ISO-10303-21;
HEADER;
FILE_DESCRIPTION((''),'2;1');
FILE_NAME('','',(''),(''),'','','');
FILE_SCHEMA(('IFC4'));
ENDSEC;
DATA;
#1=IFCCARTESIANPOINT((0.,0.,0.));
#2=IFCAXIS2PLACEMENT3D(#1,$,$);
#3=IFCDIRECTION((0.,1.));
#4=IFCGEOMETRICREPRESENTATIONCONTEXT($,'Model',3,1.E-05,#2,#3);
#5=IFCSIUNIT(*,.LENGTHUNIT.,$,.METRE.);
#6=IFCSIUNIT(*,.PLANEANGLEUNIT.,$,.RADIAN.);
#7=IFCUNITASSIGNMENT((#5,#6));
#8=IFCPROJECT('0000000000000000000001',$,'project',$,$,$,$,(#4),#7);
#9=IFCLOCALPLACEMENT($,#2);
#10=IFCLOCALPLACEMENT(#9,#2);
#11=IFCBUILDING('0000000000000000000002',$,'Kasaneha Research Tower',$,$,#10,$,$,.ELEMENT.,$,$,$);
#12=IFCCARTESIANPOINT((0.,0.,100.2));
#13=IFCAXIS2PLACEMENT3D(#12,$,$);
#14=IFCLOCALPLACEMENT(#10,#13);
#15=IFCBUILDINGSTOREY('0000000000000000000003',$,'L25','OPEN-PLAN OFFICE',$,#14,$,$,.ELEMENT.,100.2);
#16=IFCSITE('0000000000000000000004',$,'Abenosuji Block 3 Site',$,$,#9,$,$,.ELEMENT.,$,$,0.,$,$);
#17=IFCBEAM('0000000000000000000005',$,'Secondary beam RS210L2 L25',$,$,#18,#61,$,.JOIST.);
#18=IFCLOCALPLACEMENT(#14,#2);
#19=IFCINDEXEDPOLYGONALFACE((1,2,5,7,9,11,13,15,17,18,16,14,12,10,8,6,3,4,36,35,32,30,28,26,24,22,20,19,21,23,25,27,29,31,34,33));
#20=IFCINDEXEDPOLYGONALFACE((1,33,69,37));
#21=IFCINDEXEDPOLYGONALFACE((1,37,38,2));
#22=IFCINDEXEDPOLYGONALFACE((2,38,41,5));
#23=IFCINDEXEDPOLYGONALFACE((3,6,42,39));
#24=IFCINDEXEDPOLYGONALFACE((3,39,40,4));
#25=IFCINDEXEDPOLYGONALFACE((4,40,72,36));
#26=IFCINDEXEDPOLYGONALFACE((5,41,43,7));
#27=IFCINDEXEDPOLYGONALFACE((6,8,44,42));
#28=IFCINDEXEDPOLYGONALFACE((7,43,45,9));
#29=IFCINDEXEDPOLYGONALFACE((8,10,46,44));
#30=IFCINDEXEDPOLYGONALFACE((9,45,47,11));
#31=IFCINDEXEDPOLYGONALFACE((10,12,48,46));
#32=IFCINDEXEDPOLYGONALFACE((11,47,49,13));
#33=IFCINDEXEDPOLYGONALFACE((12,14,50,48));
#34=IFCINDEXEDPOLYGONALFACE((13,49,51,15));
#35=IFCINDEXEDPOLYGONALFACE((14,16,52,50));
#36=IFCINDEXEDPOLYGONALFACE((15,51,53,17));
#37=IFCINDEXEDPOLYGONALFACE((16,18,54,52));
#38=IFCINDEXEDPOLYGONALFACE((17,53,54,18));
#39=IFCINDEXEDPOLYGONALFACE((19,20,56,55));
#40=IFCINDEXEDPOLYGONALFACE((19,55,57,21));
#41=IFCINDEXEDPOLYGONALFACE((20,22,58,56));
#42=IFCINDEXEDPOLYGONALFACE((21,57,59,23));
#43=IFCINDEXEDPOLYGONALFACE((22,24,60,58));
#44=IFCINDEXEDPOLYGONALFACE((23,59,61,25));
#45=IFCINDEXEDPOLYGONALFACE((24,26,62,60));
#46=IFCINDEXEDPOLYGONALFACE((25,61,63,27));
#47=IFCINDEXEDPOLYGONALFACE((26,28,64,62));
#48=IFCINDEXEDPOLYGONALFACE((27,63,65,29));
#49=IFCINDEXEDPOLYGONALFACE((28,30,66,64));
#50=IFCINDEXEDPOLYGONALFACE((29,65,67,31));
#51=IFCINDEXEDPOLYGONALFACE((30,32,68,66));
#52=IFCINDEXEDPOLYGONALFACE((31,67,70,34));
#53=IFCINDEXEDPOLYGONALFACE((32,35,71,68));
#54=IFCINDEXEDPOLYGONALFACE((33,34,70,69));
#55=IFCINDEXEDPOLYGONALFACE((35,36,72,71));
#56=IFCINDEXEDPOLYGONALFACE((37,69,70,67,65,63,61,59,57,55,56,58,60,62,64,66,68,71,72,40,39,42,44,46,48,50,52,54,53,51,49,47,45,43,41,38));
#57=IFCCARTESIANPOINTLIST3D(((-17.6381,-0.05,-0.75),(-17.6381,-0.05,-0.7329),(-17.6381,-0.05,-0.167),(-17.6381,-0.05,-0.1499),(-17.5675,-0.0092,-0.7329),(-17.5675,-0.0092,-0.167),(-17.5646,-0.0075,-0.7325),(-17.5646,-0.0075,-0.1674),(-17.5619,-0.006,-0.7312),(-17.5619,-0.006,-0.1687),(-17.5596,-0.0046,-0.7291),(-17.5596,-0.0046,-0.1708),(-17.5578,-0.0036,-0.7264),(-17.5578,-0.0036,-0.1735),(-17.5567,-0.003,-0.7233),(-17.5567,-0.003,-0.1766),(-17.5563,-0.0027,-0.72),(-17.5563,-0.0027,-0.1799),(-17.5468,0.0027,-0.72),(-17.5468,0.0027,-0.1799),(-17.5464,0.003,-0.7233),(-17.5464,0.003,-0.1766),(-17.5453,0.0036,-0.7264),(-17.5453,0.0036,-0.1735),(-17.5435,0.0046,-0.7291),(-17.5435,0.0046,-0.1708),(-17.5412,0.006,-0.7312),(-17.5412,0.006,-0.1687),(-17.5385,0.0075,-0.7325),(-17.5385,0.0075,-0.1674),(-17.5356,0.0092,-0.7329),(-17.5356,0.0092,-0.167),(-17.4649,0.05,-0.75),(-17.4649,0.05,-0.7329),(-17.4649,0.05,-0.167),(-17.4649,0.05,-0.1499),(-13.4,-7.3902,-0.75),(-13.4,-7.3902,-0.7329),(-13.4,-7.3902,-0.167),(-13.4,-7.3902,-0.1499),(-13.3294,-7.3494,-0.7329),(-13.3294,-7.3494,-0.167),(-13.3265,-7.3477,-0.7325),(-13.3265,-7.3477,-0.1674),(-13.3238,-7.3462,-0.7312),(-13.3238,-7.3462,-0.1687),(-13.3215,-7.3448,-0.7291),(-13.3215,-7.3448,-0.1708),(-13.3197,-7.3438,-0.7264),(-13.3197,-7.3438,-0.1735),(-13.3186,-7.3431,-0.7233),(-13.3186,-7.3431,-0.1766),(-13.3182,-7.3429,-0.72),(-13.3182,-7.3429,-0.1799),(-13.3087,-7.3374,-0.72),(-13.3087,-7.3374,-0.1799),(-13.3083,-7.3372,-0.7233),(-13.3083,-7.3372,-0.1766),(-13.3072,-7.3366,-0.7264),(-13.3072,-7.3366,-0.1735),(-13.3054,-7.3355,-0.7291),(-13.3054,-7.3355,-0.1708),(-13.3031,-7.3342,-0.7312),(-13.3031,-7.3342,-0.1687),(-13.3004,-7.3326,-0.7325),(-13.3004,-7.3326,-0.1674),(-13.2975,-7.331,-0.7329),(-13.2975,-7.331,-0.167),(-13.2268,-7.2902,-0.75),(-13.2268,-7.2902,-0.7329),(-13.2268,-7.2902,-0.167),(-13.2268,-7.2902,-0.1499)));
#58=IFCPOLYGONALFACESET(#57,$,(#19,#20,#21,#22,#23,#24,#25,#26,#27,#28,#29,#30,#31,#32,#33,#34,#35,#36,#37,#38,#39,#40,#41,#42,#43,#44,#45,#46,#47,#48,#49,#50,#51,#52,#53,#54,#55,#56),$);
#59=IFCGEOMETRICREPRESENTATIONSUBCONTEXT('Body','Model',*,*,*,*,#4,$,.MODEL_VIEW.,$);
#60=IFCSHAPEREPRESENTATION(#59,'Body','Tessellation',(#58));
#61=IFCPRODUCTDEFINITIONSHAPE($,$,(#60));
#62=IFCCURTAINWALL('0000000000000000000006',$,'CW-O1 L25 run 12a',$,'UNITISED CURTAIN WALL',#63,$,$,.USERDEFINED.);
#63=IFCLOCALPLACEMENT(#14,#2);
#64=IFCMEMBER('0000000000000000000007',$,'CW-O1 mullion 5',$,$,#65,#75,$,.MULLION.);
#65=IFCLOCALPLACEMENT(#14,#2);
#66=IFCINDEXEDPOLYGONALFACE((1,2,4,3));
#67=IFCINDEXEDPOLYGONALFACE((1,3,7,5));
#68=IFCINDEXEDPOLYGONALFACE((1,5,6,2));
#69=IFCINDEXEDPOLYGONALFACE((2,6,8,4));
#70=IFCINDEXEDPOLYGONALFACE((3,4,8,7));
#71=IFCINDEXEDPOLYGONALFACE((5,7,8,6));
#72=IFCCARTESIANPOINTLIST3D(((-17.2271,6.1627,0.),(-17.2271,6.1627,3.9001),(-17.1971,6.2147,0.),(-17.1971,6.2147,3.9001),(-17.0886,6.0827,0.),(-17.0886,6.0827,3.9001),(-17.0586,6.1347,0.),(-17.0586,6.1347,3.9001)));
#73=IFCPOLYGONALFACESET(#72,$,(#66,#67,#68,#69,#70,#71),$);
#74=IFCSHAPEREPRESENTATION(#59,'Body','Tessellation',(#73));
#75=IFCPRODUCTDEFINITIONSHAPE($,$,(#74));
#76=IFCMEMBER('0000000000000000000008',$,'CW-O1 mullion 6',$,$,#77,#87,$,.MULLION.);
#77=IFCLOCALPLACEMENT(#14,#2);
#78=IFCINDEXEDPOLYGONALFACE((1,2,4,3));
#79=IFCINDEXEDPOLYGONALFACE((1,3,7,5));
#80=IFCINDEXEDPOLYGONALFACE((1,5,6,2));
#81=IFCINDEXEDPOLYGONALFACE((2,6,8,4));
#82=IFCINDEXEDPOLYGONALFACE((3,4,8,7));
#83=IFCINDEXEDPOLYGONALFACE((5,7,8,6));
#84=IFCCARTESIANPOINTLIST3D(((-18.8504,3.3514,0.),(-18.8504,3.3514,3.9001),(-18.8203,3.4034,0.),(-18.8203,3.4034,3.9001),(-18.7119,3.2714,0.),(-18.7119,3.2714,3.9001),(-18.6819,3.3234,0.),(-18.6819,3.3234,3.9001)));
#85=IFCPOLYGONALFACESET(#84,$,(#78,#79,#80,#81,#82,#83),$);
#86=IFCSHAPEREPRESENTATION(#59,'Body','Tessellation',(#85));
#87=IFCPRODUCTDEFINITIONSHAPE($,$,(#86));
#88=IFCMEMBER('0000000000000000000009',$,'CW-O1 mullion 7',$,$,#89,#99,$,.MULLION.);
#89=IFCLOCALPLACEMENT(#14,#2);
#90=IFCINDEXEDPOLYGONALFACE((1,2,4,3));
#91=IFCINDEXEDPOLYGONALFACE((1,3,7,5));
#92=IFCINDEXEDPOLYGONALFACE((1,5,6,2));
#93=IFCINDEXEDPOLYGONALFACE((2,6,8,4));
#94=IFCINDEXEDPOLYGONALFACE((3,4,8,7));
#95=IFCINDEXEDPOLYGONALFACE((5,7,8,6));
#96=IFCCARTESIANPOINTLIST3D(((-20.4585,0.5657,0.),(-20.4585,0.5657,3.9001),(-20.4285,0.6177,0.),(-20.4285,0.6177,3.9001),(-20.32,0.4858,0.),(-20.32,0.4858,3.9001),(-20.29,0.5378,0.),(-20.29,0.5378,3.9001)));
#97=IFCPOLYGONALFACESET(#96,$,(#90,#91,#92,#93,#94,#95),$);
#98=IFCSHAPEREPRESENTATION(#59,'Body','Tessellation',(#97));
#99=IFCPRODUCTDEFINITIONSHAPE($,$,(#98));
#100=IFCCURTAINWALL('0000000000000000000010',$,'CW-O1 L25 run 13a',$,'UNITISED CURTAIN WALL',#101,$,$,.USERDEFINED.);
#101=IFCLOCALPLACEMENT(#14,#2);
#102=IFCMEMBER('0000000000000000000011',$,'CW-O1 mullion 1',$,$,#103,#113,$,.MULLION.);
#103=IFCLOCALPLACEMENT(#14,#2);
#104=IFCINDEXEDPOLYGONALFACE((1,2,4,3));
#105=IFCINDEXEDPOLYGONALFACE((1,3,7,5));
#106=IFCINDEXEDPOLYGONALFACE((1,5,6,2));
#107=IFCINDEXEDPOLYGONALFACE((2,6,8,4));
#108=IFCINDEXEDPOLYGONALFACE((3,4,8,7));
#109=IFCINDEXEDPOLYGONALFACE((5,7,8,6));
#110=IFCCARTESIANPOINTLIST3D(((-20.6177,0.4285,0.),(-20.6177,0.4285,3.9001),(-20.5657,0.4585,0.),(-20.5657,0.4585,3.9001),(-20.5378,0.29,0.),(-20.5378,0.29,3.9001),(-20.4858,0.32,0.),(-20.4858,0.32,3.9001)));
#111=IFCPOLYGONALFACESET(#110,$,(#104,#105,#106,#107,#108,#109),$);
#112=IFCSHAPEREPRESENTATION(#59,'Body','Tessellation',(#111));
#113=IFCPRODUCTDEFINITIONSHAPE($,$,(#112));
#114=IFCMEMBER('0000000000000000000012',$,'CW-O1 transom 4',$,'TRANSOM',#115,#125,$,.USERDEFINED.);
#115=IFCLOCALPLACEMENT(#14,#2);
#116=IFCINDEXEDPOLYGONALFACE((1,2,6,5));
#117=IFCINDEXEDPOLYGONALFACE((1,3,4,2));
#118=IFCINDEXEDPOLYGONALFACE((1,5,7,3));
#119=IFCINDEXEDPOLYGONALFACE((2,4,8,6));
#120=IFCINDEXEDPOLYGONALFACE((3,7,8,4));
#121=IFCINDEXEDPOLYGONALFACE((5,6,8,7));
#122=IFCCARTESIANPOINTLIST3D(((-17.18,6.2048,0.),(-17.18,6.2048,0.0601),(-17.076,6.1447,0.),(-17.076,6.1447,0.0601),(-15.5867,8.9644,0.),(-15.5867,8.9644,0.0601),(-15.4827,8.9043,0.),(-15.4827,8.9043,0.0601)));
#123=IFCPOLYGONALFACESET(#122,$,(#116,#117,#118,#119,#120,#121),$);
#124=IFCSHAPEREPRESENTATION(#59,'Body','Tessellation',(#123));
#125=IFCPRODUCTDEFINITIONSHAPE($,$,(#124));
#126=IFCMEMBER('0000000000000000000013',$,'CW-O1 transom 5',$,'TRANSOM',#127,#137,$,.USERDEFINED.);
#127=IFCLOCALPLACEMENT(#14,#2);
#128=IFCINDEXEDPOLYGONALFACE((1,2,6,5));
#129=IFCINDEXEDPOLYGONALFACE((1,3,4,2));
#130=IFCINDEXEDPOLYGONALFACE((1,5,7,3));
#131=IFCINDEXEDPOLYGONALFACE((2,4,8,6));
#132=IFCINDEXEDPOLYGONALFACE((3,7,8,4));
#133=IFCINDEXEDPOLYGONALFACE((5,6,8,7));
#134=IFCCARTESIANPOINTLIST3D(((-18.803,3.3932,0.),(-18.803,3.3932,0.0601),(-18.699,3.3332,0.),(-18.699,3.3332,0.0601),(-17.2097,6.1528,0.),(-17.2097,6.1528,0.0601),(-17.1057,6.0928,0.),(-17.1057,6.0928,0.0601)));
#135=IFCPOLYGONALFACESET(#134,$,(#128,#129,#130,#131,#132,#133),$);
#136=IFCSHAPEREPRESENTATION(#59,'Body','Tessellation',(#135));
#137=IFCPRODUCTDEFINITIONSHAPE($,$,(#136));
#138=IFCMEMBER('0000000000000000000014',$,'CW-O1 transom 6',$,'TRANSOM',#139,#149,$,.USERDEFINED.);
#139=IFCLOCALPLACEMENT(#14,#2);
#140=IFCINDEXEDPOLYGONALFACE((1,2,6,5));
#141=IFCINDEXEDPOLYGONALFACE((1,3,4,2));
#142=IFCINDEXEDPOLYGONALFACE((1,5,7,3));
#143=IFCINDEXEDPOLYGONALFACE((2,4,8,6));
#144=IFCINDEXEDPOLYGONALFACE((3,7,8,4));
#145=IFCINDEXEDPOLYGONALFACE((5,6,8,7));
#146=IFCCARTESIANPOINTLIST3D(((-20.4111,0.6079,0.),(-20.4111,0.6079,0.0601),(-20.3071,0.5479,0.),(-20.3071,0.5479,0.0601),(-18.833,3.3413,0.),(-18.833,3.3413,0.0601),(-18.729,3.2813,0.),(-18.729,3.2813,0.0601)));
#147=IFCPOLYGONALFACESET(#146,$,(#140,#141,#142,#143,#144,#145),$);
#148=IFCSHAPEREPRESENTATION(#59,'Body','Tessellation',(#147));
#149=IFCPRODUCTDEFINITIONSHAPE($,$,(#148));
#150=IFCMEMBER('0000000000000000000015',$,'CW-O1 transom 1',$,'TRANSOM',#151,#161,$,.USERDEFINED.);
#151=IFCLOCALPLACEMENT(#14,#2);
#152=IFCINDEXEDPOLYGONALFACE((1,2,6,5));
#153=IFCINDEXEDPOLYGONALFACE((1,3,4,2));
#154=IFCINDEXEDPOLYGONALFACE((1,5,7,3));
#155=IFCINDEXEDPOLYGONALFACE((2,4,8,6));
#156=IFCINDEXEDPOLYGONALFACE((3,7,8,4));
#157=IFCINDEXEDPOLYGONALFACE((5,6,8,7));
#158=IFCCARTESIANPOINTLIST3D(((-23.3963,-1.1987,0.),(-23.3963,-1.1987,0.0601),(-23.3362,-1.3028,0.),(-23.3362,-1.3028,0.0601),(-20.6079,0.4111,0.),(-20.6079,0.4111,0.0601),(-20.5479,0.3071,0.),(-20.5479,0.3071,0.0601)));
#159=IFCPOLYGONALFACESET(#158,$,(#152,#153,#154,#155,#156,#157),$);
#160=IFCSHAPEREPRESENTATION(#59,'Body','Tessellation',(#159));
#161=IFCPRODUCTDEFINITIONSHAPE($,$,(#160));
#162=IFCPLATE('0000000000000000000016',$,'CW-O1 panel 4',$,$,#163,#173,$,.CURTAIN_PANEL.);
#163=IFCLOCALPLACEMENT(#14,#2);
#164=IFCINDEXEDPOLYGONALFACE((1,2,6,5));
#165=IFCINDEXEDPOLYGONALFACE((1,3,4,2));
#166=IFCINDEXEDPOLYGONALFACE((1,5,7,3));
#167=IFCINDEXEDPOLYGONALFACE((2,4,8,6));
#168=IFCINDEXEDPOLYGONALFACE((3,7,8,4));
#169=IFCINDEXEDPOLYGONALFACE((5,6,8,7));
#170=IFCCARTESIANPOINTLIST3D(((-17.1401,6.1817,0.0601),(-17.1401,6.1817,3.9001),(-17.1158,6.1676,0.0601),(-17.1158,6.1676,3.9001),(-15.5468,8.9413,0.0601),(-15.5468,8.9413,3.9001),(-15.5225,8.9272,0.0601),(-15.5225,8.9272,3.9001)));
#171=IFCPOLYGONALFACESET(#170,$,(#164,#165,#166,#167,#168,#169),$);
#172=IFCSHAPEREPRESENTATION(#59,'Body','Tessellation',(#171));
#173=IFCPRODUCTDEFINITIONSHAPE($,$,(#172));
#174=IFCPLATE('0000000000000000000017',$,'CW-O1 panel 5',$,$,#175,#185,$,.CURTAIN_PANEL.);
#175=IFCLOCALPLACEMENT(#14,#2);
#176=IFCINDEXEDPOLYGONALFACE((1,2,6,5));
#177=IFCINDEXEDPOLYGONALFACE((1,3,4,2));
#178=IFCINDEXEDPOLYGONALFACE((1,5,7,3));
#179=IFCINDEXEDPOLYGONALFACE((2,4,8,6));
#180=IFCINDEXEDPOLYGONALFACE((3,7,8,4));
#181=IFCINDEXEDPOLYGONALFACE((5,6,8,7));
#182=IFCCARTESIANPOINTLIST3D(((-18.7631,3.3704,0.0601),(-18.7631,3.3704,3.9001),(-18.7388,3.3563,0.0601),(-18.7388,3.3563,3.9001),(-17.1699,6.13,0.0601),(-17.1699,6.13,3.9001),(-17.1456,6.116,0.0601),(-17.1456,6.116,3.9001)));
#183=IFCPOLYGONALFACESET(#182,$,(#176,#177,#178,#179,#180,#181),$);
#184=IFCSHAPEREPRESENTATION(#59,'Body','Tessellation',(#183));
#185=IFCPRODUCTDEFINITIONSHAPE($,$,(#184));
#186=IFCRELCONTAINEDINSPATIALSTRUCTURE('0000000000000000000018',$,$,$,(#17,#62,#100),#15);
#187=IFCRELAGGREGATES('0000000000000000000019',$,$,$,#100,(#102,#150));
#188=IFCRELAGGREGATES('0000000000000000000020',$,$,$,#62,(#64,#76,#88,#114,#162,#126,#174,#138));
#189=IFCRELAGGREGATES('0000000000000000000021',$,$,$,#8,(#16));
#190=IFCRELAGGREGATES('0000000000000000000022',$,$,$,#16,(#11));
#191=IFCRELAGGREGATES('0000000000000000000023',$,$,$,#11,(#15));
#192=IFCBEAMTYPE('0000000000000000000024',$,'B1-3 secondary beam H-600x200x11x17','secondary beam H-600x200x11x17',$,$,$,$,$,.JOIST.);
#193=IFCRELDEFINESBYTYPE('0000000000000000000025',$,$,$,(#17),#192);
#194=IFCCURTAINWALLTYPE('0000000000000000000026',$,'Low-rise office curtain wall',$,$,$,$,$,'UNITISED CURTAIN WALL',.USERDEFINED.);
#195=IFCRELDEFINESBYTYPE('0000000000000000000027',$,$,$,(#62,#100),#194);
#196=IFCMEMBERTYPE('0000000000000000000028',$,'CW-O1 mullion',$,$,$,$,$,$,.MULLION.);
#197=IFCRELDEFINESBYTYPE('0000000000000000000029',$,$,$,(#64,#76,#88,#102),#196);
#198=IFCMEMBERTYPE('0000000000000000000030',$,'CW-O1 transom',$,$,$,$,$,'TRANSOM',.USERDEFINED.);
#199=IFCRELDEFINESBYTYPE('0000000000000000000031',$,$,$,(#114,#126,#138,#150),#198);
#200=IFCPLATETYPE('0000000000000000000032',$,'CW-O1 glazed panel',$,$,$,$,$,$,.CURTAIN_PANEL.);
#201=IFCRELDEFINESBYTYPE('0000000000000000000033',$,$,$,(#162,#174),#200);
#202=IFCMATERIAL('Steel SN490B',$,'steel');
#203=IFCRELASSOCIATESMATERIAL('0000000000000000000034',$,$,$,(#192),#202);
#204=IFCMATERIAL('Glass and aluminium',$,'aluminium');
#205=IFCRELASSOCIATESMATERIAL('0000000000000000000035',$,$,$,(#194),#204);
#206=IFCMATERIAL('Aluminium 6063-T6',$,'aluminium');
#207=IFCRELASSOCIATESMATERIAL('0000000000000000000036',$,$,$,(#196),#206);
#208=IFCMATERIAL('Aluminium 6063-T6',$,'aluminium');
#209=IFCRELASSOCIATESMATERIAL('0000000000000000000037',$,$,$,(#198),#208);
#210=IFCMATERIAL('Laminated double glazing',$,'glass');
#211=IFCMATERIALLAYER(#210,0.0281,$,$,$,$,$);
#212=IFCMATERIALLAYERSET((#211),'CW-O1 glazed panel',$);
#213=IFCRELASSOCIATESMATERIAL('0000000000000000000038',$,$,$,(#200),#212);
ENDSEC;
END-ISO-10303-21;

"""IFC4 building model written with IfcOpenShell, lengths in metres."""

from ifc_helpers import new_model, si_unit, direction, frame, origin, origin_2d, place, context, subcontext, project, spatial, rectangle, i_section, extrude, material, layer, layer_set, material_profile, profile_set, type_object, element, aggregate, save


model = new_model("IFC4")

# Units and contexts
model_context = context("Model", 3, precision=1e-05, world=origin(), true_north=direction((0.0, 1.0)))
body_context = subcontext(model_context, "Body", "Model", "MODEL_VIEW")
ifc_project = project(units=[si_unit("LENGTHUNIT", "METRE"), si_unit("PLANEANGLEUNIT", "RADIAN")], contexts=[model_context])

# Site, building, storey
site_placement = place(None, origin())
site = spatial("IfcSite", under=ifc_project, at=site_placement, Name="Abenosuji Block 3 Site", CompositionType="ELEMENT", RefElevation=0.0)
building_placement = place(site_placement, origin())
building = spatial("IfcBuilding", under=site, at=building_placement, Name="Kasaneha Research Tower", CompositionType="ELEMENT")
storey_placement = place(building_placement, frame((0.0, 0.0, 100.2)))
storey = spatial("IfcBuildingStorey", under=building, at=storey_placement, Name="L25", Description="OPEN-PLAN OFFICE", CompositionType="ELEMENT", Elevation=100.2)

# Beam
ifc_material_1 = material(Name="Steel SN490B", Category="steel")
ifc_material_profile_1 = material_profile(ifc_material_1, i_section(OverallWidth=0.2, OverallDepth=0.6001, WebThickness=0.011, FlangeThickness=0.0171, FilletRadius=0.0129, at=origin_2d()), Name="H-600x200x11x17")
ifc_profile_set_1 = profile_set([ifc_material_profile_1], Name="Steel SN490B")
beam_type = type_object("IfcBeamType", Name="B1-3 secondary beam H-600x200x11x17", Description="secondary beam H-600x200x11x17", PredefinedType="JOIST", material=ifc_profile_set_1)
beam_placement = place(storey_placement, frame((-17.5515, 0.0, -0.45), z_axis=(0.500021, -0.866013, 0.0), x_axis=(0.866013, 0.500021, 0.0)))
element("IfcBeam", 1, at=beam_placement, inside=storey, type_object=beam_type, Name="Secondary beam RS210L2 L25", PredefinedType="JOIST", context=body_context, shape_type="SweptSolid", body=[
    extrude(i_section(OverallWidth=0.2, OverallDepth=0.6001, WebThickness=0.011, FlangeThickness=0.0171, FilletRadius=0.0129, at=origin_2d()), origin(), (0.0, 0.0, 1.0), 8.4758),
])

# Curtain wall, members
ifc_material_2 = material(Name="Glass and aluminium", Category="aluminium")
curtain_wall_type = type_object("IfcCurtainWallType", Name="Low-rise office curtain wall", ElementType="UNITISED CURTAIN WALL", PredefinedType="USERDEFINED", material=ifc_material_2)
curtain_wall_1_placement = place(storey_placement, origin())
curtain_wall_1 = element("IfcCurtainWall", 2, at=curtain_wall_1_placement, inside=storey, type_object=curtain_wall_type, Name="CW-O1 L25 run 12a", ObjectType="UNITISED CURTAIN WALL", PredefinedType="USERDEFINED")
ifc_material_3 = material(Name="Aluminium 6063-T6", Category="aluminium")
ifc_material_profile_2 = material_profile(ifc_material_3, rectangle(XDim=0.0601, YDim=0.1599, at=origin_2d()), Name="CW-O1 mullion 60x160")
ifc_profile_set_2 = profile_set([ifc_material_profile_2], Name="Aluminium 6063-T6")
member_type_1 = type_object("IfcMemberType", Name="CW-O1 mullion", PredefinedType="MULLION", material=ifc_profile_set_2)
member_1_placement = place(storey_placement, frame((-17.1428, 6.1487, 0.0), z_axis=(0.0, 0.0, 1.0), x_axis=(-0.5, -0.866025, 0.0)))
member_1 = element("IfcMember", 3, at=member_1_placement, type_object=member_type_1, Name="CW-O1 mullion 5", PredefinedType="MULLION", context=body_context, shape_type="SweptSolid", body=[
    extrude(rectangle(XDim=0.0601, YDim=0.1599, at=origin_2d()), origin(), (0.0, 0.0, 1.0), 3.9001),
])
member_2_placement = place(storey_placement, frame((-18.7661, 3.3374, 0.0), z_axis=(0.0, 0.0, 1.0), x_axis=(-0.5, -0.866025, 0.0)))
member_2 = element("IfcMember", 4, at=member_2_placement, type_object=member_type_1, Name="CW-O1 mullion 6", PredefinedType="MULLION", context=body_context, shape_type="SweptSolid", body=[
    extrude(rectangle(XDim=0.0601, YDim=0.1599, at=origin_2d()), origin(), (0.0, 0.0, 1.0), 3.9001),
])
member_3_placement = place(storey_placement, frame((-20.3743, 0.5518, 0.0), z_axis=(0.0, 0.0, 1.0), x_axis=(-0.5, -0.866025, 0.0)))
member_3 = element("IfcMember", 5, at=member_3_placement, type_object=member_type_1, Name="CW-O1 mullion 7", PredefinedType="MULLION", context=body_context, shape_type="SweptSolid", body=[
    extrude(rectangle(XDim=0.0601, YDim=0.1599, at=origin_2d()), origin(), (0.0, 0.0, 1.0), 3.9001),
])

# Curtain wall, member
curtain_wall_2_placement = place(storey_placement, origin())
curtain_wall_2 = element("IfcCurtainWall", 6, at=curtain_wall_2_placement, inside=storey, type_object=curtain_wall_type, Name="CW-O1 L25 run 13a", ObjectType="UNITISED CURTAIN WALL", PredefinedType="USERDEFINED")
member_4_placement = place(storey_placement, frame((-20.5518, 0.3743, 0.0), z_axis=(0.0, 0.0, 1.0), x_axis=(-0.866025, -0.5, 0.0)))
member_4 = element("IfcMember", 7, at=member_4_placement, type_object=member_type_1, Name="CW-O1 mullion 1", PredefinedType="MULLION", context=body_context, shape_type="SweptSolid", body=[
    extrude(rectangle(XDim=0.0601, YDim=0.1599, at=origin_2d()), origin(), (0.0, 0.0, 1.0), 3.9001),
])

# Members
ifc_material_4 = material(Name="Aluminium 6063-T6", Category="aluminium")
ifc_material_profile_3 = material_profile(ifc_material_4, rectangle(XDim=0.1201, YDim=0.0601, at=origin_2d()), Name="CW-O1 transom 120x60")
ifc_profile_set_3 = profile_set([ifc_material_profile_3], Name="Aluminium 6063-T6")
member_type_2 = type_object("IfcMemberType", Name="CW-O1 transom", ElementType="TRANSOM", PredefinedType="USERDEFINED", material=ifc_profile_set_3)
member_5_placement = place(storey_placement, frame((-15.5347, 8.9343, 0.03), z_axis=(-0.500012, -0.866018, 0.0), x_axis=(0.866018, -0.500012, 0.0)))
member_5 = element("IfcMember", 8, at=member_5_placement, type_object=member_type_2, Name="CW-O1 transom 4", ObjectType="TRANSOM", PredefinedType="USERDEFINED", context=body_context, shape_type="SweptSolid", body=[
    extrude(rectangle(XDim=0.1201, YDim=0.0601, at=origin_2d()), origin(), (0.0, 0.0, 1.0), 3.1865),
])
member_6_placement = place(storey_placement, frame((-17.1577, 6.1228, 0.03), z_axis=(-0.500012, -0.866018, 0.0), x_axis=(0.866018, -0.500012, 0.0)))
member_6 = element("IfcMember", 9, at=member_6_placement, type_object=member_type_2, Name="CW-O1 transom 5", ObjectType="TRANSOM", PredefinedType="USERDEFINED", context=body_context, shape_type="SweptSolid", body=[
    extrude(rectangle(XDim=0.1201, YDim=0.0601, at=origin_2d()), origin(), (0.0, 0.0, 1.0), 3.1865),
])
member_7_placement = place(storey_placement, frame((-18.781, 3.3113, 0.03), z_axis=(-0.499999, -0.866026, 0.0), x_axis=(0.866026, -0.499999, 0.0)))
member_7 = element("IfcMember", 10, at=member_7_placement, type_object=member_type_2, Name="CW-O1 transom 6", ObjectType="TRANSOM", PredefinedType="USERDEFINED", context=body_context, shape_type="SweptSolid", body=[
    extrude(rectangle(XDim=0.1201, YDim=0.0601, at=origin_2d()), origin(), (0.0, 0.0, 1.0), 3.1562),
])
member_8_placement = place(storey_placement, frame((-20.5779, 0.3591, 0.03), z_axis=(-0.866023, -0.500005, 0.0), x_axis=(0.500005, -0.866023, 0.0)))
member_8 = element("IfcMember", 11, at=member_8_placement, type_object=member_type_2, Name="CW-O1 transom 1", ObjectType="TRANSOM", PredefinedType="USERDEFINED", context=body_context, shape_type="SweptSolid", body=[
    extrude(rectangle(XDim=0.1201, YDim=0.0601, at=origin_2d()), origin(), (0.0, 0.0, 1.0), 3.2197),
])
aggregate(curtain_wall_2, [member_4, member_8])

# Plates
ifc_material_5 = material(Name="Laminated double glazing", Category="glass")
ifc_layer_1 = layer(ifc_material_5, 0.0281)
ifc_layer_set_1 = layer_set([ifc_layer_1], Name="CW-O1 glazed panel")
plate_type = type_object("IfcPlateType", Name="CW-O1 glazed panel", PredefinedType="CURTAIN_PANEL", material=ifc_layer_set_1)
plate_1_placement = place(storey_placement, frame((-16.3313, 7.5544, 0.0601), z_axis=(0.0, 0.0, 1.0), x_axis=(-0.5, -0.866025, 0.0)))
plate_1 = element("IfcPlate", 12, at=plate_1_placement, type_object=plate_type, Name="CW-O1 panel 4", PredefinedType="CURTAIN_PANEL", context=body_context, shape_type="SweptSolid", body=[
    extrude(rectangle(XDim=3.1865, YDim=0.0281, at=origin_2d()), origin(), (0.0, 0.0, 1.0), 3.8401),
])
plate_2_placement = place(storey_placement, frame((-17.9543, 4.7432, 0.0601), z_axis=(0.0, 0.0, 1.0), x_axis=(-0.5, -0.866025, 0.0)))
plate_2 = element("IfcPlate", 13, at=plate_2_placement, type_object=plate_type, Name="CW-O1 panel 5", PredefinedType="CURTAIN_PANEL", context=body_context, shape_type="SweptSolid", body=[
    extrude(rectangle(XDim=3.1865, YDim=0.0281, at=origin_2d()), origin(), (0.0, 0.0, 1.0), 3.8401),
])
aggregate(curtain_wall_1, [member_1, member_2, member_3, member_5, plate_1, member_6, plate_2, member_7])

save(model, "model.ifc")
